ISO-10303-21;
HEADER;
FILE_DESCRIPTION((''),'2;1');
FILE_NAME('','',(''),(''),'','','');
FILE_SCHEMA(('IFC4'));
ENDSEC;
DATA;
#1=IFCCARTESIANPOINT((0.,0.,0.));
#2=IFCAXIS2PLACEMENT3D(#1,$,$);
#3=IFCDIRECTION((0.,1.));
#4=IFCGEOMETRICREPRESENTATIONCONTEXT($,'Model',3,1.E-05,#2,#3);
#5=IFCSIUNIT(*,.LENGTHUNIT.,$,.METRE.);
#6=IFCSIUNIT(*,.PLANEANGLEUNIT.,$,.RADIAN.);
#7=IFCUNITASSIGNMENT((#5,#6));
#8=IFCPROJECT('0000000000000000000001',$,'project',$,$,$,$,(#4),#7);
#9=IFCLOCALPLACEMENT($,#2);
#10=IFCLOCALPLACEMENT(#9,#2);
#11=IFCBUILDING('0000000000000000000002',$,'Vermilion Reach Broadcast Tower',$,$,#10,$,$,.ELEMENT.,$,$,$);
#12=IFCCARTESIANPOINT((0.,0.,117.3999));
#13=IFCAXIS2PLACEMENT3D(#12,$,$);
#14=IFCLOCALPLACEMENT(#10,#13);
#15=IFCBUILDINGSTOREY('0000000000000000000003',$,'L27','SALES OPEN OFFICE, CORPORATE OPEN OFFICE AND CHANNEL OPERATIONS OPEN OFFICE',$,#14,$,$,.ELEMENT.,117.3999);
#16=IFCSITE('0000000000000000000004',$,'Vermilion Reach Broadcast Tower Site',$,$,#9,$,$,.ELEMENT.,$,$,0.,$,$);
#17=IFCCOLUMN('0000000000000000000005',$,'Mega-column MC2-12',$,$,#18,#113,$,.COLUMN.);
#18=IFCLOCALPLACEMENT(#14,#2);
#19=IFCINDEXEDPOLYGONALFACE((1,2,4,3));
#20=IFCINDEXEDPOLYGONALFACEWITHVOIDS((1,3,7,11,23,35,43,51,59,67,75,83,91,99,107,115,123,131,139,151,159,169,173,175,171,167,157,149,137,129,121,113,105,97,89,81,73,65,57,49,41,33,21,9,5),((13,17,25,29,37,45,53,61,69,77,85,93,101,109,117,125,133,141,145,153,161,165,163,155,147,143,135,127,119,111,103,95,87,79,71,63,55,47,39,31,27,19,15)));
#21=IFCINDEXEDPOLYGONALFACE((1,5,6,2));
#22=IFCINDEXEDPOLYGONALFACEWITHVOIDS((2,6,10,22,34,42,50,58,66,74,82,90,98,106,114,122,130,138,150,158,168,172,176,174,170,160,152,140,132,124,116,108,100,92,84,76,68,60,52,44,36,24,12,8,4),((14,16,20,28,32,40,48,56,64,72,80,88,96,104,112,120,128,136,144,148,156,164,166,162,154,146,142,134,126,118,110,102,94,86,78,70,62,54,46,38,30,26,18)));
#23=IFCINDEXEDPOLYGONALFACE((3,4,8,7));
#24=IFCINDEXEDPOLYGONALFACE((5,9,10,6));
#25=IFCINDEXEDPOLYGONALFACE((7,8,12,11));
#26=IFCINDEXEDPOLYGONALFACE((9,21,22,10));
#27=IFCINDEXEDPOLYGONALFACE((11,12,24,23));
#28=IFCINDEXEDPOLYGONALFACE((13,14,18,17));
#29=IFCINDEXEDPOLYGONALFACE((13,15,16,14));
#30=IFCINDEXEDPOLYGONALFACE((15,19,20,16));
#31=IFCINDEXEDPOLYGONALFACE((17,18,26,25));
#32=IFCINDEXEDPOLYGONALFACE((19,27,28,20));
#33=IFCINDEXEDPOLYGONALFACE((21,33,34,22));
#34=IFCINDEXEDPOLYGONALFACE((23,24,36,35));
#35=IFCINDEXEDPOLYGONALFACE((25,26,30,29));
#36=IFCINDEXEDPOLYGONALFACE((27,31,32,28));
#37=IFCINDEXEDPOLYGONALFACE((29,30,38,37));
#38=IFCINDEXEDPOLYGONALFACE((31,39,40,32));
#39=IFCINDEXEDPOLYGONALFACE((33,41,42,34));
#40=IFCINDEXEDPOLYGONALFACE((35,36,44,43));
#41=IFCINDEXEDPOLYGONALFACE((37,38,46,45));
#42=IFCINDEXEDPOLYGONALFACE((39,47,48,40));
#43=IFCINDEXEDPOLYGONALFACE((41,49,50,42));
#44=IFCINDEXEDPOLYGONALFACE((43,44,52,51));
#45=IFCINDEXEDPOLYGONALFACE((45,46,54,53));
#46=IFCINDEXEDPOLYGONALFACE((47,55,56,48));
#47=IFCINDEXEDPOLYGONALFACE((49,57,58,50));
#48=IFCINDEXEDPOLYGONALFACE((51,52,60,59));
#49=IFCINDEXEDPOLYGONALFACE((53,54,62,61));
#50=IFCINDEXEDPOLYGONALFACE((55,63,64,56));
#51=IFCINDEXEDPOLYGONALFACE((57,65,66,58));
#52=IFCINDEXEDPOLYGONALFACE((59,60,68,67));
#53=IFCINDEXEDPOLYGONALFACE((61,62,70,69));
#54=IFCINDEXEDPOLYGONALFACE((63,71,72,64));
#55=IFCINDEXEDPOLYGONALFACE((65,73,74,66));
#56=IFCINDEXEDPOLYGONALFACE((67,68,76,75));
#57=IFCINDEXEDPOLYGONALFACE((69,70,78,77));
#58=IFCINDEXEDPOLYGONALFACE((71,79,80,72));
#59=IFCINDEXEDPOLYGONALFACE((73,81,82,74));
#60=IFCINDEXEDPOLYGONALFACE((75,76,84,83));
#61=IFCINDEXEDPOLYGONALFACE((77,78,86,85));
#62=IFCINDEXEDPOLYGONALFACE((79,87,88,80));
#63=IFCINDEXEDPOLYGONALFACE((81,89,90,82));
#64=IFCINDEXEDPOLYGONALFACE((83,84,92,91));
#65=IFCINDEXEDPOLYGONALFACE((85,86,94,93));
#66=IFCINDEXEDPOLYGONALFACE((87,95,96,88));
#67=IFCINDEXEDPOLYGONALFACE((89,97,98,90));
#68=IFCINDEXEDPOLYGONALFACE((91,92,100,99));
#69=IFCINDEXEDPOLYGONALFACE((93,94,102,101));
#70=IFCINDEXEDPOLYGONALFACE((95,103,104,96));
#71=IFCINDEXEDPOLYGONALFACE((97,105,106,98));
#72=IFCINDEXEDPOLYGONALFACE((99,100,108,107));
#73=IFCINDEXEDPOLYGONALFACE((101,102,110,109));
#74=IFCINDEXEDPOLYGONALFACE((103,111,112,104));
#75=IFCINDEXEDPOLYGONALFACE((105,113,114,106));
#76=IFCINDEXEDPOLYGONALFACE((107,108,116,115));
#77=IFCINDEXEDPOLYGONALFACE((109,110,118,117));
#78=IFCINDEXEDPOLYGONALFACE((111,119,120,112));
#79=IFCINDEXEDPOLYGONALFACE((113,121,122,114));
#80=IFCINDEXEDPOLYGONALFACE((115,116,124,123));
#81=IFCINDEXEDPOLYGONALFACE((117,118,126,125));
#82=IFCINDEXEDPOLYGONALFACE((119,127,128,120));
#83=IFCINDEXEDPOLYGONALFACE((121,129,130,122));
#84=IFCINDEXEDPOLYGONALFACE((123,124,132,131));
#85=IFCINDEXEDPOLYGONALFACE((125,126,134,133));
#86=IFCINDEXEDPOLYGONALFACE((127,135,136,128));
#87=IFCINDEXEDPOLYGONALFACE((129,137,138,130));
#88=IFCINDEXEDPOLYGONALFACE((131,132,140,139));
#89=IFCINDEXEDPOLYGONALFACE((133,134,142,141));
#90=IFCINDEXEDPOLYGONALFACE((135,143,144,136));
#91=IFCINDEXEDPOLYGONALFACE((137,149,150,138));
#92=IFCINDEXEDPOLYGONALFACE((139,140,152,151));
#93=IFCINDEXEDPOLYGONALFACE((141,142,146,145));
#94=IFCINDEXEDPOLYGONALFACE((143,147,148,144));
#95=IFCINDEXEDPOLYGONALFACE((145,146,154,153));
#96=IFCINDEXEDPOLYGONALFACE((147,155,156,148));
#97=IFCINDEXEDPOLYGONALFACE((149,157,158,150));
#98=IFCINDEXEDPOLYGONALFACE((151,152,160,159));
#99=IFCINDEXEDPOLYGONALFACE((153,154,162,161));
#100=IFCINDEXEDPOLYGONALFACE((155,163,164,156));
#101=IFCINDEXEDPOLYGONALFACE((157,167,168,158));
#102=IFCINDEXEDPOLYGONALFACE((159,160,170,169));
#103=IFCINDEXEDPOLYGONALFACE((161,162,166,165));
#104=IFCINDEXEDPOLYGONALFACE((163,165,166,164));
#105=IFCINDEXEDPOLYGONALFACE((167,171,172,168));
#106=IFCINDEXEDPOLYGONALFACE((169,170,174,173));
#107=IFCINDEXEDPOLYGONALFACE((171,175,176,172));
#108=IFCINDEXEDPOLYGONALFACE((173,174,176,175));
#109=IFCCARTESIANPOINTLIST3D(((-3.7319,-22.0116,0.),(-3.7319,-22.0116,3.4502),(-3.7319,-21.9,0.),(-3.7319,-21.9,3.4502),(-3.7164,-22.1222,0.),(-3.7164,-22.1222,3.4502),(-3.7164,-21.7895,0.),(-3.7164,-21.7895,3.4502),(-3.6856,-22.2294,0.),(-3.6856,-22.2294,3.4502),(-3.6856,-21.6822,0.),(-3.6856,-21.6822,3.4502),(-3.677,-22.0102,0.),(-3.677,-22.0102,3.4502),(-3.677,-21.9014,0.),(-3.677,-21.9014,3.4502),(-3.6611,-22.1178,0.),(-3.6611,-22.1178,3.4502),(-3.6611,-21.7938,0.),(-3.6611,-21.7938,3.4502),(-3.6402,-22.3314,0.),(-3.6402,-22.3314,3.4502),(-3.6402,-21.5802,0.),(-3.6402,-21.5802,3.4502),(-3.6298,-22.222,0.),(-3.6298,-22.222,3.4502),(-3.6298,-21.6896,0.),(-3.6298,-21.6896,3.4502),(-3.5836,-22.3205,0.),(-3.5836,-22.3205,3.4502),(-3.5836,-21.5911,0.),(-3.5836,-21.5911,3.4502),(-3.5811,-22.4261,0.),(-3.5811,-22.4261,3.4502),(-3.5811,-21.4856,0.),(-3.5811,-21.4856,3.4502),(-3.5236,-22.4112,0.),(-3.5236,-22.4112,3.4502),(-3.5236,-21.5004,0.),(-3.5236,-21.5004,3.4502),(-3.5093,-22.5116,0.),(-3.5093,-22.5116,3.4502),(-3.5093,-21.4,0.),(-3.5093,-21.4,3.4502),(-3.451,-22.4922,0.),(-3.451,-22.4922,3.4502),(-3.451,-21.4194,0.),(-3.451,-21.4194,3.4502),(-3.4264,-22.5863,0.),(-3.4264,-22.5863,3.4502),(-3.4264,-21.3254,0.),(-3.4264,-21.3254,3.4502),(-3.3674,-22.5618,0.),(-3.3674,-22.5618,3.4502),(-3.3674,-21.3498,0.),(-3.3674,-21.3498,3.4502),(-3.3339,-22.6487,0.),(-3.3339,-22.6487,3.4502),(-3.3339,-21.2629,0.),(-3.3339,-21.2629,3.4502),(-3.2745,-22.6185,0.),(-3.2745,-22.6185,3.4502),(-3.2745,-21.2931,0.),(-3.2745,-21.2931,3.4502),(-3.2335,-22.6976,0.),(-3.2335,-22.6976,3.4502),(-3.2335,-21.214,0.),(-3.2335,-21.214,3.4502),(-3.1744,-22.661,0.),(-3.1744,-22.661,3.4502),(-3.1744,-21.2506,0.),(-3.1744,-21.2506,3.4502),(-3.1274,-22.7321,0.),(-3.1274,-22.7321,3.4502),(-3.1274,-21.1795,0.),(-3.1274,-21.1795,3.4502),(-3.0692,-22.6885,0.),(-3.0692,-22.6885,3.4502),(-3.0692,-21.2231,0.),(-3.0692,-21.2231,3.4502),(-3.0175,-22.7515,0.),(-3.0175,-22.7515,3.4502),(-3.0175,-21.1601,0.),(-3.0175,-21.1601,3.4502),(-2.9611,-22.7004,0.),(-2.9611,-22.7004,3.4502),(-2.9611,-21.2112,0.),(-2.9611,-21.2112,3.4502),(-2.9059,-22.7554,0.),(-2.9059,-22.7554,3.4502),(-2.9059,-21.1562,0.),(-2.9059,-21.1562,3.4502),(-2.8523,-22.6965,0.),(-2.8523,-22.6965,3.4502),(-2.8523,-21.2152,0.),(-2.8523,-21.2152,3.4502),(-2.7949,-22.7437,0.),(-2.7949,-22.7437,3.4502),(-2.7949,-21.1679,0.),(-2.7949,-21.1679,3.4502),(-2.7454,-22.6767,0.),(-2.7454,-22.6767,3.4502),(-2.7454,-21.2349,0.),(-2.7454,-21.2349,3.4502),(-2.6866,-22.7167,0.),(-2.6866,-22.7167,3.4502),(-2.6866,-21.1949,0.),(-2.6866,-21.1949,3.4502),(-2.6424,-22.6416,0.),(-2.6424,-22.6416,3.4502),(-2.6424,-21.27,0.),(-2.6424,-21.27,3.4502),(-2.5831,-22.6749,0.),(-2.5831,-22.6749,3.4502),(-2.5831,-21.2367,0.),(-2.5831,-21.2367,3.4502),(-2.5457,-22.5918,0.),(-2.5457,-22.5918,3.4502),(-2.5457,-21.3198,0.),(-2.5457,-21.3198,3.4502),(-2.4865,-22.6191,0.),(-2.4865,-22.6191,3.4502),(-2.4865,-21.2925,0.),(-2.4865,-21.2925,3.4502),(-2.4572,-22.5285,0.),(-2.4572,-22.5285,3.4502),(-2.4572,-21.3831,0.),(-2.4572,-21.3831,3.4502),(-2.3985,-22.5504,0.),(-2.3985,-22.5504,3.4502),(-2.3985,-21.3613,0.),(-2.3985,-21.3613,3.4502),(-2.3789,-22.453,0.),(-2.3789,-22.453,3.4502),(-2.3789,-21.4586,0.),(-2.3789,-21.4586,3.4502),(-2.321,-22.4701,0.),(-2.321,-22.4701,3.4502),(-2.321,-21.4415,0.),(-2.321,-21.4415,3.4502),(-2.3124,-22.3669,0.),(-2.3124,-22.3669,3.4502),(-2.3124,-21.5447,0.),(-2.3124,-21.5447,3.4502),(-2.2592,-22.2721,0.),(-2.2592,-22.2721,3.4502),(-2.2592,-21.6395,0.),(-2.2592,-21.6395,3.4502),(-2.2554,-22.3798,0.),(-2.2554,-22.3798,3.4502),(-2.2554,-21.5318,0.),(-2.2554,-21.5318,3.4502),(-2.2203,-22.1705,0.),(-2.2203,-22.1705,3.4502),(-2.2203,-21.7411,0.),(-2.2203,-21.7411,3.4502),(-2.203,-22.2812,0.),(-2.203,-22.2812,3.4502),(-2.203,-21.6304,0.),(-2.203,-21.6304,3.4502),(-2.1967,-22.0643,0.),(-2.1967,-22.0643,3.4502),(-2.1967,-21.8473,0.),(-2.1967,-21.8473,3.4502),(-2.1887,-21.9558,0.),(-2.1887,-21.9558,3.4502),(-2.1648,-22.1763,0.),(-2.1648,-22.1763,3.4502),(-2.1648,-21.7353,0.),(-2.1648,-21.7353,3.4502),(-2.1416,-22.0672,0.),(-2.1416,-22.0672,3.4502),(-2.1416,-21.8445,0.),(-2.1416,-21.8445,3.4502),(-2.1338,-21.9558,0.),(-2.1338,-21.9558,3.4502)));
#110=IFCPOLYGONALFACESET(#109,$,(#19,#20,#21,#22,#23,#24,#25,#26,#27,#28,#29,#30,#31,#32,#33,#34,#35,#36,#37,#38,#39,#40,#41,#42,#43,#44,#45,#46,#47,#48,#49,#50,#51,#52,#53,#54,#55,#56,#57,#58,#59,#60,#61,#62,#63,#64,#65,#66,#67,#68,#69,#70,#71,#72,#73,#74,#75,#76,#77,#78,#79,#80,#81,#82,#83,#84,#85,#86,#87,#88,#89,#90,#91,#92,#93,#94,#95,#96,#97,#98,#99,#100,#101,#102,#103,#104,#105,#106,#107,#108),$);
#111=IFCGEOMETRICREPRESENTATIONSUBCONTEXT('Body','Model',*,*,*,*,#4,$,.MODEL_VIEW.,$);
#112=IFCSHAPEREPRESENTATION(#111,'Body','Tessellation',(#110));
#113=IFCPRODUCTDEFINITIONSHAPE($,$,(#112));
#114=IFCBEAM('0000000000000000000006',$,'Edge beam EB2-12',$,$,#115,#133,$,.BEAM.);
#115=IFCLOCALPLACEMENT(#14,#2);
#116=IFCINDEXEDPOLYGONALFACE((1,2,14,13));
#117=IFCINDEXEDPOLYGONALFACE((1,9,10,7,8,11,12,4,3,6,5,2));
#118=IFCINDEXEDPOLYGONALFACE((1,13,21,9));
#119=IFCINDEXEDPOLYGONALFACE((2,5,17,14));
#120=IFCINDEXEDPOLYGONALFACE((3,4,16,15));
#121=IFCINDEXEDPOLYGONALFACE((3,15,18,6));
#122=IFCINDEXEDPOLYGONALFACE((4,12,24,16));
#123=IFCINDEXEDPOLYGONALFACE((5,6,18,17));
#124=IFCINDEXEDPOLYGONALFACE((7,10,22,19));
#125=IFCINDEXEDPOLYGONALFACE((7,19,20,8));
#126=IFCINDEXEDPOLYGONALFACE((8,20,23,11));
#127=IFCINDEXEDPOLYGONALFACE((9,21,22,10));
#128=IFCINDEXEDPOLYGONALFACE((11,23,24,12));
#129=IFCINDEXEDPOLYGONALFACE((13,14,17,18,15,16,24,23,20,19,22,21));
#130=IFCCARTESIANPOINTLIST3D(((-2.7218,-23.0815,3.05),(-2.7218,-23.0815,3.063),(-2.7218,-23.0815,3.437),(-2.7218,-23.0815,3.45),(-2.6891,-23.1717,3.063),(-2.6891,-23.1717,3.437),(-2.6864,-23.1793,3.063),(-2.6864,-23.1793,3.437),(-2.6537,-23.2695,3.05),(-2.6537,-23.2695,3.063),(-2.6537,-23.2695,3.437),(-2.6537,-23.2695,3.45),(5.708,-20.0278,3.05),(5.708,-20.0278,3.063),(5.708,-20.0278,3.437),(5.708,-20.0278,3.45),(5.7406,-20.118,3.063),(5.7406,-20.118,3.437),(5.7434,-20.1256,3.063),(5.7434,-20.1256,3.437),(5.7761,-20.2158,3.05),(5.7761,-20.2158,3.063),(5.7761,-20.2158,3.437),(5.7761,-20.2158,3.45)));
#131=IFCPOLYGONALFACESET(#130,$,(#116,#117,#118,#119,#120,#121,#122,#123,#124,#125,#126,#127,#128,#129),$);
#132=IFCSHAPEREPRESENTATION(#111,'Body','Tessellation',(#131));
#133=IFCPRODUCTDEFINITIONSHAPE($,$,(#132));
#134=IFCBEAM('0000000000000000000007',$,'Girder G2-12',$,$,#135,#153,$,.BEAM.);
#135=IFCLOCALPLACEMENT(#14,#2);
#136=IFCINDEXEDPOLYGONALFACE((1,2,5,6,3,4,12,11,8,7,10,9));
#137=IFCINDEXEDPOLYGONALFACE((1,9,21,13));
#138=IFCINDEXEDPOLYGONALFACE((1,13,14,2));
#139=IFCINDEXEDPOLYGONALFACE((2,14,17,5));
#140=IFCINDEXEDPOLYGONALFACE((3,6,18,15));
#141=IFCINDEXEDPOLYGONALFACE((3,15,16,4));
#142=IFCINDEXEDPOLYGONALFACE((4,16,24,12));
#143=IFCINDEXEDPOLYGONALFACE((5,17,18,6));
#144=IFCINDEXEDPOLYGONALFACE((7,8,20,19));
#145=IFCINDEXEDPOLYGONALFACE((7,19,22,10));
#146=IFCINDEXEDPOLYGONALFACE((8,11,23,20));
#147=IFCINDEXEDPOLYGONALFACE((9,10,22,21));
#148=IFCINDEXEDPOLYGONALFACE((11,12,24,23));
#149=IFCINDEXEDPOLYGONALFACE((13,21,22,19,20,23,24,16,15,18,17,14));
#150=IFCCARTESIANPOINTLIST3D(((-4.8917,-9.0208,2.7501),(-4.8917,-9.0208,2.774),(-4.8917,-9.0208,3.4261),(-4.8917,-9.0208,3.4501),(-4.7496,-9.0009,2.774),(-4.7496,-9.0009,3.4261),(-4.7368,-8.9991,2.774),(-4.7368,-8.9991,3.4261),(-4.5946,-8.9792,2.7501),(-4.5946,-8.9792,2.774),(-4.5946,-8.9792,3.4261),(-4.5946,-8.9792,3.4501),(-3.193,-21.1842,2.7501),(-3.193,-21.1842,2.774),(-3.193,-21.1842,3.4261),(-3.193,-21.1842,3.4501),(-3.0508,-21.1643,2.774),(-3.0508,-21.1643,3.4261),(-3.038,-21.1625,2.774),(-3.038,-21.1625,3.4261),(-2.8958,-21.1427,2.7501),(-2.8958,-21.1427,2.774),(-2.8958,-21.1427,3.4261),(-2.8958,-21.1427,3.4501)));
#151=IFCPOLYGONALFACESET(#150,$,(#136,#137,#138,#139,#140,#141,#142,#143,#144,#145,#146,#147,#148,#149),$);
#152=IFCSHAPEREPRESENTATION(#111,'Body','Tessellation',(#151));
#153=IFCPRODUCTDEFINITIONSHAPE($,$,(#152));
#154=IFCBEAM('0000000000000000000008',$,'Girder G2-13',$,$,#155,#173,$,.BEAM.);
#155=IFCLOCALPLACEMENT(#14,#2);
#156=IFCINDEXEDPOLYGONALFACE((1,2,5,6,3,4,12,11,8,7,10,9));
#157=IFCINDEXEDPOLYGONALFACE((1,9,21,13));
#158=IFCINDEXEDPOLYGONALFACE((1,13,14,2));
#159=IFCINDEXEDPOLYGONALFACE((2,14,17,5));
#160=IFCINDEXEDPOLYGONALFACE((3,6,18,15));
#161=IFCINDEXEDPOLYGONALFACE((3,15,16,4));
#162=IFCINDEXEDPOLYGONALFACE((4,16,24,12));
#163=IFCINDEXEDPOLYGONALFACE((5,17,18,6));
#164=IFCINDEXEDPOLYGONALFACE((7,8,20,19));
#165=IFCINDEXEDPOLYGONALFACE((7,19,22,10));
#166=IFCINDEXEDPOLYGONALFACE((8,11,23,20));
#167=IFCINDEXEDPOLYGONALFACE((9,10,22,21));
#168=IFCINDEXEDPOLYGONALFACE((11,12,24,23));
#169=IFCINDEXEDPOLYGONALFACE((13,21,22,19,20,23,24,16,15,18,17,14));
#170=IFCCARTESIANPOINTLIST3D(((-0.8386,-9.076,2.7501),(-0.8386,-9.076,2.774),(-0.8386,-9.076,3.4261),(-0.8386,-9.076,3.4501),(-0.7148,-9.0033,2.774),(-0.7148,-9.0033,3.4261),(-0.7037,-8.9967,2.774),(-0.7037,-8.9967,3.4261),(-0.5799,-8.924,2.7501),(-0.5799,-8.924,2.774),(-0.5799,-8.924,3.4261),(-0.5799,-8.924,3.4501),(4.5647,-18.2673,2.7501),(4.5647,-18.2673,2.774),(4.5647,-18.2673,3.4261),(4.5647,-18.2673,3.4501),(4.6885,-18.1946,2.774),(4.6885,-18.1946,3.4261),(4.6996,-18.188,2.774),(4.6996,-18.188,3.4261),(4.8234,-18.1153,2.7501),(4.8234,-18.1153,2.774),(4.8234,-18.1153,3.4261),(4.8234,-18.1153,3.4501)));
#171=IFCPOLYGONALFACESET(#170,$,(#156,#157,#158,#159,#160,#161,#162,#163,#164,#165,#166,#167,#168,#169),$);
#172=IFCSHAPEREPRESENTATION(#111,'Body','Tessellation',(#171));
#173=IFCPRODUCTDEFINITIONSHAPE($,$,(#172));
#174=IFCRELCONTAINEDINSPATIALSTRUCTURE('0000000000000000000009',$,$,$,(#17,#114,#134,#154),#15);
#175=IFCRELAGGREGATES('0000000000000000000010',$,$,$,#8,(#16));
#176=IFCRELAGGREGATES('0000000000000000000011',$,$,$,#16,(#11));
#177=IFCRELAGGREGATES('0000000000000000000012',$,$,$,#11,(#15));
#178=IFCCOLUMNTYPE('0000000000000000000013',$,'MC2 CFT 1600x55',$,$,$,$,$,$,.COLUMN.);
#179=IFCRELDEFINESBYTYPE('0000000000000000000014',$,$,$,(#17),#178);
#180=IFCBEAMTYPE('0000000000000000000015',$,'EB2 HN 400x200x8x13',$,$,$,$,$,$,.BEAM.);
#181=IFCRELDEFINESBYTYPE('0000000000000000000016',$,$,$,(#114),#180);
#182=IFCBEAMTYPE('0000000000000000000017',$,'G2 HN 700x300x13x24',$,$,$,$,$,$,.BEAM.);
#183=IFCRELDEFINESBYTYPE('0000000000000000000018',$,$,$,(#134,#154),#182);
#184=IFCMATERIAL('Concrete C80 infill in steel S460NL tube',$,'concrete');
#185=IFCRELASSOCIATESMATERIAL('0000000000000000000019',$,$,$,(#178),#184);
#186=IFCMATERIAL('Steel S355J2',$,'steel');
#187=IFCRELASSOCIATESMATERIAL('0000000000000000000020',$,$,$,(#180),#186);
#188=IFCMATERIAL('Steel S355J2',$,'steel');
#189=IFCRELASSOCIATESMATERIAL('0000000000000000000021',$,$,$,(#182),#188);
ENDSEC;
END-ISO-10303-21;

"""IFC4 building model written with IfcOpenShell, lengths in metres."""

from ifc_helpers import new_model, si_unit, direction, frame, origin, origin_2d, place, context, subcontext, project, spatial, hollow_circle, i_section, extrude, material, material_profile, profile_set, type_object, element, save


model = new_model("IFC4")

# Units and contexts
model_context = context("Model", 3, precision=1e-05, world=origin(), true_north=direction((0.0, 1.0)))
body_context = subcontext(model_context, "Body", "Model", "MODEL_VIEW")
ifc_project = project(units=[si_unit("LENGTHUNIT", "METRE"), si_unit("PLANEANGLEUNIT", "RADIAN")], contexts=[model_context])

# Site, building, storey
site_placement = place(None, origin())
site = spatial("IfcSite", under=ifc_project, at=site_placement, Name="Vermilion Reach Broadcast Tower Site", CompositionType="ELEMENT", RefElevation=0.0)
building_placement = place(site_placement, origin())
building = spatial("IfcBuilding", under=site, at=building_placement, Name="Vermilion Reach Broadcast Tower", CompositionType="ELEMENT")
storey_placement = place(building_placement, frame((0.0, 0.0, 117.3999)))
storey = spatial("IfcBuildingStorey", under=building, at=storey_placement, Name="L27", Description="SALES OPEN OFFICE, CORPORATE OPEN OFFICE AND CHANNEL OPERATIONS OPEN OFFICE", CompositionType="ELEMENT", Elevation=117.3999)

# Column
ifc_material_1 = material(Name="Concrete C80 infill in steel S460NL tube", Category="concrete")
ifc_material_profile_1 = material_profile(ifc_material_1, hollow_circle(Radius=0.8, WallThickness=0.0549, at=origin_2d()), Name="Concrete C80 infill in steel S460NL tube CFT 1600x55")
ifc_profile_set_1 = profile_set([ifc_material_profile_1], Name="Concrete C80 infill in steel S460NL tube")
column_type = type_object("IfcColumnType", Name="MC2 CFT 1600x55", PredefinedType="COLUMN", material=ifc_profile_set_1)
column_placement = place(storey_placement, frame((-2.9338, -21.9558, 0.0), z_axis=(0.0, 0.0, 1.0), x_axis=(1.0, 0.0, 0.0)))
element("IfcColumn", 1, at=column_placement, inside=storey, type_object=column_type, Name="Mega-column MC2-12", PredefinedType="COLUMN", context=body_context, shape_type="SweptSolid", body=[
    extrude(hollow_circle(Radius=0.8, WallThickness=0.0549, at=origin_2d()), origin(), (0.0, 0.0, 1.0), 3.4502),
])

# Beams
ifc_material_2 = material(Name="Steel S355J2", Category="steel")
ifc_material_profile_2 = material_profile(ifc_material_2, i_section(OverallWidth=0.2, OverallDepth=0.3999, WebThickness=0.0081, FlangeThickness=0.0129, at=origin_2d()), Name="S355J2 HN 400x200x8x13")
ifc_profile_set_2 = profile_set([ifc_material_profile_2], Name="Steel S355J2")
beam_type_1 = type_object("IfcBeamType", Name="EB2 HN 400x200x8x13", PredefinedType="BEAM", material=ifc_profile_set_2)
beam_1_placement = place(storey_placement, frame((-2.6877, -23.1755, 3.25), z_axis=(0.940209, 0.340597, 0.0), x_axis=(-0.340597, 0.940209, 0.0)))
element("IfcBeam", 2, at=beam_1_placement, inside=storey, type_object=beam_type_1, Name="Edge beam EB2-12", PredefinedType="BEAM", context=body_context, shape_type="SweptSolid", body=[
    extrude(i_section(OverallWidth=0.2, OverallDepth=0.3999, WebThickness=0.0081, FlangeThickness=0.0129, at=origin_2d()), origin(), (0.0, 0.0, 1.0), 8.9658),
])
ifc_material_3 = material(Name="Steel S355J2", Category="steel")
ifc_material_profile_3 = material_profile(ifc_material_3, i_section(OverallWidth=0.3, OverallDepth=0.7, WebThickness=0.0129, FlangeThickness=0.0239, at=origin_2d()), Name="S355J2 HN 700x300x13x24")
ifc_profile_set_3 = profile_set([ifc_material_profile_3], Name="Steel S355J2")
beam_type_2 = type_object("IfcBeamType", Name="G2 HN 700x300x13x24", PredefinedType="BEAM", material=ifc_profile_set_3)
beam_2_placement = place(storey_placement, frame((-4.7432, -9.0, 3.1001), z_axis=(0.138318, -0.990388, 0.0), x_axis=(0.990388, 0.138318, 0.0)))
element("IfcBeam", 3, at=beam_2_placement, inside=storey, type_object=beam_type_2, Name="Girder G2-12", PredefinedType="BEAM", context=body_context, shape_type="SweptSolid", body=[
    extrude(i_section(OverallWidth=0.3, OverallDepth=0.7, WebThickness=0.0129, FlangeThickness=0.0239, at=origin_2d()), origin(), (0.0, 0.0, 1.0), 12.2815),
])
beam_3_placement = place(storey_placement, frame((-0.7092, -9.0, 3.1001), z_axis=(0.506784, -0.862073, 0.0), x_axis=(0.862073, 0.506784, 0.0)))
element("IfcBeam", 4, at=beam_3_placement, inside=storey, type_object=beam_type_2, Name="Girder G2-13", PredefinedType="BEAM", context=body_context, shape_type="SweptSolid", body=[
    extrude(i_section(OverallWidth=0.3, OverallDepth=0.7, WebThickness=0.0129, FlangeThickness=0.0239, at=origin_2d()), origin(), (0.0, 0.0, 1.0), 10.6619),
])

save(model, "model.ifc")
